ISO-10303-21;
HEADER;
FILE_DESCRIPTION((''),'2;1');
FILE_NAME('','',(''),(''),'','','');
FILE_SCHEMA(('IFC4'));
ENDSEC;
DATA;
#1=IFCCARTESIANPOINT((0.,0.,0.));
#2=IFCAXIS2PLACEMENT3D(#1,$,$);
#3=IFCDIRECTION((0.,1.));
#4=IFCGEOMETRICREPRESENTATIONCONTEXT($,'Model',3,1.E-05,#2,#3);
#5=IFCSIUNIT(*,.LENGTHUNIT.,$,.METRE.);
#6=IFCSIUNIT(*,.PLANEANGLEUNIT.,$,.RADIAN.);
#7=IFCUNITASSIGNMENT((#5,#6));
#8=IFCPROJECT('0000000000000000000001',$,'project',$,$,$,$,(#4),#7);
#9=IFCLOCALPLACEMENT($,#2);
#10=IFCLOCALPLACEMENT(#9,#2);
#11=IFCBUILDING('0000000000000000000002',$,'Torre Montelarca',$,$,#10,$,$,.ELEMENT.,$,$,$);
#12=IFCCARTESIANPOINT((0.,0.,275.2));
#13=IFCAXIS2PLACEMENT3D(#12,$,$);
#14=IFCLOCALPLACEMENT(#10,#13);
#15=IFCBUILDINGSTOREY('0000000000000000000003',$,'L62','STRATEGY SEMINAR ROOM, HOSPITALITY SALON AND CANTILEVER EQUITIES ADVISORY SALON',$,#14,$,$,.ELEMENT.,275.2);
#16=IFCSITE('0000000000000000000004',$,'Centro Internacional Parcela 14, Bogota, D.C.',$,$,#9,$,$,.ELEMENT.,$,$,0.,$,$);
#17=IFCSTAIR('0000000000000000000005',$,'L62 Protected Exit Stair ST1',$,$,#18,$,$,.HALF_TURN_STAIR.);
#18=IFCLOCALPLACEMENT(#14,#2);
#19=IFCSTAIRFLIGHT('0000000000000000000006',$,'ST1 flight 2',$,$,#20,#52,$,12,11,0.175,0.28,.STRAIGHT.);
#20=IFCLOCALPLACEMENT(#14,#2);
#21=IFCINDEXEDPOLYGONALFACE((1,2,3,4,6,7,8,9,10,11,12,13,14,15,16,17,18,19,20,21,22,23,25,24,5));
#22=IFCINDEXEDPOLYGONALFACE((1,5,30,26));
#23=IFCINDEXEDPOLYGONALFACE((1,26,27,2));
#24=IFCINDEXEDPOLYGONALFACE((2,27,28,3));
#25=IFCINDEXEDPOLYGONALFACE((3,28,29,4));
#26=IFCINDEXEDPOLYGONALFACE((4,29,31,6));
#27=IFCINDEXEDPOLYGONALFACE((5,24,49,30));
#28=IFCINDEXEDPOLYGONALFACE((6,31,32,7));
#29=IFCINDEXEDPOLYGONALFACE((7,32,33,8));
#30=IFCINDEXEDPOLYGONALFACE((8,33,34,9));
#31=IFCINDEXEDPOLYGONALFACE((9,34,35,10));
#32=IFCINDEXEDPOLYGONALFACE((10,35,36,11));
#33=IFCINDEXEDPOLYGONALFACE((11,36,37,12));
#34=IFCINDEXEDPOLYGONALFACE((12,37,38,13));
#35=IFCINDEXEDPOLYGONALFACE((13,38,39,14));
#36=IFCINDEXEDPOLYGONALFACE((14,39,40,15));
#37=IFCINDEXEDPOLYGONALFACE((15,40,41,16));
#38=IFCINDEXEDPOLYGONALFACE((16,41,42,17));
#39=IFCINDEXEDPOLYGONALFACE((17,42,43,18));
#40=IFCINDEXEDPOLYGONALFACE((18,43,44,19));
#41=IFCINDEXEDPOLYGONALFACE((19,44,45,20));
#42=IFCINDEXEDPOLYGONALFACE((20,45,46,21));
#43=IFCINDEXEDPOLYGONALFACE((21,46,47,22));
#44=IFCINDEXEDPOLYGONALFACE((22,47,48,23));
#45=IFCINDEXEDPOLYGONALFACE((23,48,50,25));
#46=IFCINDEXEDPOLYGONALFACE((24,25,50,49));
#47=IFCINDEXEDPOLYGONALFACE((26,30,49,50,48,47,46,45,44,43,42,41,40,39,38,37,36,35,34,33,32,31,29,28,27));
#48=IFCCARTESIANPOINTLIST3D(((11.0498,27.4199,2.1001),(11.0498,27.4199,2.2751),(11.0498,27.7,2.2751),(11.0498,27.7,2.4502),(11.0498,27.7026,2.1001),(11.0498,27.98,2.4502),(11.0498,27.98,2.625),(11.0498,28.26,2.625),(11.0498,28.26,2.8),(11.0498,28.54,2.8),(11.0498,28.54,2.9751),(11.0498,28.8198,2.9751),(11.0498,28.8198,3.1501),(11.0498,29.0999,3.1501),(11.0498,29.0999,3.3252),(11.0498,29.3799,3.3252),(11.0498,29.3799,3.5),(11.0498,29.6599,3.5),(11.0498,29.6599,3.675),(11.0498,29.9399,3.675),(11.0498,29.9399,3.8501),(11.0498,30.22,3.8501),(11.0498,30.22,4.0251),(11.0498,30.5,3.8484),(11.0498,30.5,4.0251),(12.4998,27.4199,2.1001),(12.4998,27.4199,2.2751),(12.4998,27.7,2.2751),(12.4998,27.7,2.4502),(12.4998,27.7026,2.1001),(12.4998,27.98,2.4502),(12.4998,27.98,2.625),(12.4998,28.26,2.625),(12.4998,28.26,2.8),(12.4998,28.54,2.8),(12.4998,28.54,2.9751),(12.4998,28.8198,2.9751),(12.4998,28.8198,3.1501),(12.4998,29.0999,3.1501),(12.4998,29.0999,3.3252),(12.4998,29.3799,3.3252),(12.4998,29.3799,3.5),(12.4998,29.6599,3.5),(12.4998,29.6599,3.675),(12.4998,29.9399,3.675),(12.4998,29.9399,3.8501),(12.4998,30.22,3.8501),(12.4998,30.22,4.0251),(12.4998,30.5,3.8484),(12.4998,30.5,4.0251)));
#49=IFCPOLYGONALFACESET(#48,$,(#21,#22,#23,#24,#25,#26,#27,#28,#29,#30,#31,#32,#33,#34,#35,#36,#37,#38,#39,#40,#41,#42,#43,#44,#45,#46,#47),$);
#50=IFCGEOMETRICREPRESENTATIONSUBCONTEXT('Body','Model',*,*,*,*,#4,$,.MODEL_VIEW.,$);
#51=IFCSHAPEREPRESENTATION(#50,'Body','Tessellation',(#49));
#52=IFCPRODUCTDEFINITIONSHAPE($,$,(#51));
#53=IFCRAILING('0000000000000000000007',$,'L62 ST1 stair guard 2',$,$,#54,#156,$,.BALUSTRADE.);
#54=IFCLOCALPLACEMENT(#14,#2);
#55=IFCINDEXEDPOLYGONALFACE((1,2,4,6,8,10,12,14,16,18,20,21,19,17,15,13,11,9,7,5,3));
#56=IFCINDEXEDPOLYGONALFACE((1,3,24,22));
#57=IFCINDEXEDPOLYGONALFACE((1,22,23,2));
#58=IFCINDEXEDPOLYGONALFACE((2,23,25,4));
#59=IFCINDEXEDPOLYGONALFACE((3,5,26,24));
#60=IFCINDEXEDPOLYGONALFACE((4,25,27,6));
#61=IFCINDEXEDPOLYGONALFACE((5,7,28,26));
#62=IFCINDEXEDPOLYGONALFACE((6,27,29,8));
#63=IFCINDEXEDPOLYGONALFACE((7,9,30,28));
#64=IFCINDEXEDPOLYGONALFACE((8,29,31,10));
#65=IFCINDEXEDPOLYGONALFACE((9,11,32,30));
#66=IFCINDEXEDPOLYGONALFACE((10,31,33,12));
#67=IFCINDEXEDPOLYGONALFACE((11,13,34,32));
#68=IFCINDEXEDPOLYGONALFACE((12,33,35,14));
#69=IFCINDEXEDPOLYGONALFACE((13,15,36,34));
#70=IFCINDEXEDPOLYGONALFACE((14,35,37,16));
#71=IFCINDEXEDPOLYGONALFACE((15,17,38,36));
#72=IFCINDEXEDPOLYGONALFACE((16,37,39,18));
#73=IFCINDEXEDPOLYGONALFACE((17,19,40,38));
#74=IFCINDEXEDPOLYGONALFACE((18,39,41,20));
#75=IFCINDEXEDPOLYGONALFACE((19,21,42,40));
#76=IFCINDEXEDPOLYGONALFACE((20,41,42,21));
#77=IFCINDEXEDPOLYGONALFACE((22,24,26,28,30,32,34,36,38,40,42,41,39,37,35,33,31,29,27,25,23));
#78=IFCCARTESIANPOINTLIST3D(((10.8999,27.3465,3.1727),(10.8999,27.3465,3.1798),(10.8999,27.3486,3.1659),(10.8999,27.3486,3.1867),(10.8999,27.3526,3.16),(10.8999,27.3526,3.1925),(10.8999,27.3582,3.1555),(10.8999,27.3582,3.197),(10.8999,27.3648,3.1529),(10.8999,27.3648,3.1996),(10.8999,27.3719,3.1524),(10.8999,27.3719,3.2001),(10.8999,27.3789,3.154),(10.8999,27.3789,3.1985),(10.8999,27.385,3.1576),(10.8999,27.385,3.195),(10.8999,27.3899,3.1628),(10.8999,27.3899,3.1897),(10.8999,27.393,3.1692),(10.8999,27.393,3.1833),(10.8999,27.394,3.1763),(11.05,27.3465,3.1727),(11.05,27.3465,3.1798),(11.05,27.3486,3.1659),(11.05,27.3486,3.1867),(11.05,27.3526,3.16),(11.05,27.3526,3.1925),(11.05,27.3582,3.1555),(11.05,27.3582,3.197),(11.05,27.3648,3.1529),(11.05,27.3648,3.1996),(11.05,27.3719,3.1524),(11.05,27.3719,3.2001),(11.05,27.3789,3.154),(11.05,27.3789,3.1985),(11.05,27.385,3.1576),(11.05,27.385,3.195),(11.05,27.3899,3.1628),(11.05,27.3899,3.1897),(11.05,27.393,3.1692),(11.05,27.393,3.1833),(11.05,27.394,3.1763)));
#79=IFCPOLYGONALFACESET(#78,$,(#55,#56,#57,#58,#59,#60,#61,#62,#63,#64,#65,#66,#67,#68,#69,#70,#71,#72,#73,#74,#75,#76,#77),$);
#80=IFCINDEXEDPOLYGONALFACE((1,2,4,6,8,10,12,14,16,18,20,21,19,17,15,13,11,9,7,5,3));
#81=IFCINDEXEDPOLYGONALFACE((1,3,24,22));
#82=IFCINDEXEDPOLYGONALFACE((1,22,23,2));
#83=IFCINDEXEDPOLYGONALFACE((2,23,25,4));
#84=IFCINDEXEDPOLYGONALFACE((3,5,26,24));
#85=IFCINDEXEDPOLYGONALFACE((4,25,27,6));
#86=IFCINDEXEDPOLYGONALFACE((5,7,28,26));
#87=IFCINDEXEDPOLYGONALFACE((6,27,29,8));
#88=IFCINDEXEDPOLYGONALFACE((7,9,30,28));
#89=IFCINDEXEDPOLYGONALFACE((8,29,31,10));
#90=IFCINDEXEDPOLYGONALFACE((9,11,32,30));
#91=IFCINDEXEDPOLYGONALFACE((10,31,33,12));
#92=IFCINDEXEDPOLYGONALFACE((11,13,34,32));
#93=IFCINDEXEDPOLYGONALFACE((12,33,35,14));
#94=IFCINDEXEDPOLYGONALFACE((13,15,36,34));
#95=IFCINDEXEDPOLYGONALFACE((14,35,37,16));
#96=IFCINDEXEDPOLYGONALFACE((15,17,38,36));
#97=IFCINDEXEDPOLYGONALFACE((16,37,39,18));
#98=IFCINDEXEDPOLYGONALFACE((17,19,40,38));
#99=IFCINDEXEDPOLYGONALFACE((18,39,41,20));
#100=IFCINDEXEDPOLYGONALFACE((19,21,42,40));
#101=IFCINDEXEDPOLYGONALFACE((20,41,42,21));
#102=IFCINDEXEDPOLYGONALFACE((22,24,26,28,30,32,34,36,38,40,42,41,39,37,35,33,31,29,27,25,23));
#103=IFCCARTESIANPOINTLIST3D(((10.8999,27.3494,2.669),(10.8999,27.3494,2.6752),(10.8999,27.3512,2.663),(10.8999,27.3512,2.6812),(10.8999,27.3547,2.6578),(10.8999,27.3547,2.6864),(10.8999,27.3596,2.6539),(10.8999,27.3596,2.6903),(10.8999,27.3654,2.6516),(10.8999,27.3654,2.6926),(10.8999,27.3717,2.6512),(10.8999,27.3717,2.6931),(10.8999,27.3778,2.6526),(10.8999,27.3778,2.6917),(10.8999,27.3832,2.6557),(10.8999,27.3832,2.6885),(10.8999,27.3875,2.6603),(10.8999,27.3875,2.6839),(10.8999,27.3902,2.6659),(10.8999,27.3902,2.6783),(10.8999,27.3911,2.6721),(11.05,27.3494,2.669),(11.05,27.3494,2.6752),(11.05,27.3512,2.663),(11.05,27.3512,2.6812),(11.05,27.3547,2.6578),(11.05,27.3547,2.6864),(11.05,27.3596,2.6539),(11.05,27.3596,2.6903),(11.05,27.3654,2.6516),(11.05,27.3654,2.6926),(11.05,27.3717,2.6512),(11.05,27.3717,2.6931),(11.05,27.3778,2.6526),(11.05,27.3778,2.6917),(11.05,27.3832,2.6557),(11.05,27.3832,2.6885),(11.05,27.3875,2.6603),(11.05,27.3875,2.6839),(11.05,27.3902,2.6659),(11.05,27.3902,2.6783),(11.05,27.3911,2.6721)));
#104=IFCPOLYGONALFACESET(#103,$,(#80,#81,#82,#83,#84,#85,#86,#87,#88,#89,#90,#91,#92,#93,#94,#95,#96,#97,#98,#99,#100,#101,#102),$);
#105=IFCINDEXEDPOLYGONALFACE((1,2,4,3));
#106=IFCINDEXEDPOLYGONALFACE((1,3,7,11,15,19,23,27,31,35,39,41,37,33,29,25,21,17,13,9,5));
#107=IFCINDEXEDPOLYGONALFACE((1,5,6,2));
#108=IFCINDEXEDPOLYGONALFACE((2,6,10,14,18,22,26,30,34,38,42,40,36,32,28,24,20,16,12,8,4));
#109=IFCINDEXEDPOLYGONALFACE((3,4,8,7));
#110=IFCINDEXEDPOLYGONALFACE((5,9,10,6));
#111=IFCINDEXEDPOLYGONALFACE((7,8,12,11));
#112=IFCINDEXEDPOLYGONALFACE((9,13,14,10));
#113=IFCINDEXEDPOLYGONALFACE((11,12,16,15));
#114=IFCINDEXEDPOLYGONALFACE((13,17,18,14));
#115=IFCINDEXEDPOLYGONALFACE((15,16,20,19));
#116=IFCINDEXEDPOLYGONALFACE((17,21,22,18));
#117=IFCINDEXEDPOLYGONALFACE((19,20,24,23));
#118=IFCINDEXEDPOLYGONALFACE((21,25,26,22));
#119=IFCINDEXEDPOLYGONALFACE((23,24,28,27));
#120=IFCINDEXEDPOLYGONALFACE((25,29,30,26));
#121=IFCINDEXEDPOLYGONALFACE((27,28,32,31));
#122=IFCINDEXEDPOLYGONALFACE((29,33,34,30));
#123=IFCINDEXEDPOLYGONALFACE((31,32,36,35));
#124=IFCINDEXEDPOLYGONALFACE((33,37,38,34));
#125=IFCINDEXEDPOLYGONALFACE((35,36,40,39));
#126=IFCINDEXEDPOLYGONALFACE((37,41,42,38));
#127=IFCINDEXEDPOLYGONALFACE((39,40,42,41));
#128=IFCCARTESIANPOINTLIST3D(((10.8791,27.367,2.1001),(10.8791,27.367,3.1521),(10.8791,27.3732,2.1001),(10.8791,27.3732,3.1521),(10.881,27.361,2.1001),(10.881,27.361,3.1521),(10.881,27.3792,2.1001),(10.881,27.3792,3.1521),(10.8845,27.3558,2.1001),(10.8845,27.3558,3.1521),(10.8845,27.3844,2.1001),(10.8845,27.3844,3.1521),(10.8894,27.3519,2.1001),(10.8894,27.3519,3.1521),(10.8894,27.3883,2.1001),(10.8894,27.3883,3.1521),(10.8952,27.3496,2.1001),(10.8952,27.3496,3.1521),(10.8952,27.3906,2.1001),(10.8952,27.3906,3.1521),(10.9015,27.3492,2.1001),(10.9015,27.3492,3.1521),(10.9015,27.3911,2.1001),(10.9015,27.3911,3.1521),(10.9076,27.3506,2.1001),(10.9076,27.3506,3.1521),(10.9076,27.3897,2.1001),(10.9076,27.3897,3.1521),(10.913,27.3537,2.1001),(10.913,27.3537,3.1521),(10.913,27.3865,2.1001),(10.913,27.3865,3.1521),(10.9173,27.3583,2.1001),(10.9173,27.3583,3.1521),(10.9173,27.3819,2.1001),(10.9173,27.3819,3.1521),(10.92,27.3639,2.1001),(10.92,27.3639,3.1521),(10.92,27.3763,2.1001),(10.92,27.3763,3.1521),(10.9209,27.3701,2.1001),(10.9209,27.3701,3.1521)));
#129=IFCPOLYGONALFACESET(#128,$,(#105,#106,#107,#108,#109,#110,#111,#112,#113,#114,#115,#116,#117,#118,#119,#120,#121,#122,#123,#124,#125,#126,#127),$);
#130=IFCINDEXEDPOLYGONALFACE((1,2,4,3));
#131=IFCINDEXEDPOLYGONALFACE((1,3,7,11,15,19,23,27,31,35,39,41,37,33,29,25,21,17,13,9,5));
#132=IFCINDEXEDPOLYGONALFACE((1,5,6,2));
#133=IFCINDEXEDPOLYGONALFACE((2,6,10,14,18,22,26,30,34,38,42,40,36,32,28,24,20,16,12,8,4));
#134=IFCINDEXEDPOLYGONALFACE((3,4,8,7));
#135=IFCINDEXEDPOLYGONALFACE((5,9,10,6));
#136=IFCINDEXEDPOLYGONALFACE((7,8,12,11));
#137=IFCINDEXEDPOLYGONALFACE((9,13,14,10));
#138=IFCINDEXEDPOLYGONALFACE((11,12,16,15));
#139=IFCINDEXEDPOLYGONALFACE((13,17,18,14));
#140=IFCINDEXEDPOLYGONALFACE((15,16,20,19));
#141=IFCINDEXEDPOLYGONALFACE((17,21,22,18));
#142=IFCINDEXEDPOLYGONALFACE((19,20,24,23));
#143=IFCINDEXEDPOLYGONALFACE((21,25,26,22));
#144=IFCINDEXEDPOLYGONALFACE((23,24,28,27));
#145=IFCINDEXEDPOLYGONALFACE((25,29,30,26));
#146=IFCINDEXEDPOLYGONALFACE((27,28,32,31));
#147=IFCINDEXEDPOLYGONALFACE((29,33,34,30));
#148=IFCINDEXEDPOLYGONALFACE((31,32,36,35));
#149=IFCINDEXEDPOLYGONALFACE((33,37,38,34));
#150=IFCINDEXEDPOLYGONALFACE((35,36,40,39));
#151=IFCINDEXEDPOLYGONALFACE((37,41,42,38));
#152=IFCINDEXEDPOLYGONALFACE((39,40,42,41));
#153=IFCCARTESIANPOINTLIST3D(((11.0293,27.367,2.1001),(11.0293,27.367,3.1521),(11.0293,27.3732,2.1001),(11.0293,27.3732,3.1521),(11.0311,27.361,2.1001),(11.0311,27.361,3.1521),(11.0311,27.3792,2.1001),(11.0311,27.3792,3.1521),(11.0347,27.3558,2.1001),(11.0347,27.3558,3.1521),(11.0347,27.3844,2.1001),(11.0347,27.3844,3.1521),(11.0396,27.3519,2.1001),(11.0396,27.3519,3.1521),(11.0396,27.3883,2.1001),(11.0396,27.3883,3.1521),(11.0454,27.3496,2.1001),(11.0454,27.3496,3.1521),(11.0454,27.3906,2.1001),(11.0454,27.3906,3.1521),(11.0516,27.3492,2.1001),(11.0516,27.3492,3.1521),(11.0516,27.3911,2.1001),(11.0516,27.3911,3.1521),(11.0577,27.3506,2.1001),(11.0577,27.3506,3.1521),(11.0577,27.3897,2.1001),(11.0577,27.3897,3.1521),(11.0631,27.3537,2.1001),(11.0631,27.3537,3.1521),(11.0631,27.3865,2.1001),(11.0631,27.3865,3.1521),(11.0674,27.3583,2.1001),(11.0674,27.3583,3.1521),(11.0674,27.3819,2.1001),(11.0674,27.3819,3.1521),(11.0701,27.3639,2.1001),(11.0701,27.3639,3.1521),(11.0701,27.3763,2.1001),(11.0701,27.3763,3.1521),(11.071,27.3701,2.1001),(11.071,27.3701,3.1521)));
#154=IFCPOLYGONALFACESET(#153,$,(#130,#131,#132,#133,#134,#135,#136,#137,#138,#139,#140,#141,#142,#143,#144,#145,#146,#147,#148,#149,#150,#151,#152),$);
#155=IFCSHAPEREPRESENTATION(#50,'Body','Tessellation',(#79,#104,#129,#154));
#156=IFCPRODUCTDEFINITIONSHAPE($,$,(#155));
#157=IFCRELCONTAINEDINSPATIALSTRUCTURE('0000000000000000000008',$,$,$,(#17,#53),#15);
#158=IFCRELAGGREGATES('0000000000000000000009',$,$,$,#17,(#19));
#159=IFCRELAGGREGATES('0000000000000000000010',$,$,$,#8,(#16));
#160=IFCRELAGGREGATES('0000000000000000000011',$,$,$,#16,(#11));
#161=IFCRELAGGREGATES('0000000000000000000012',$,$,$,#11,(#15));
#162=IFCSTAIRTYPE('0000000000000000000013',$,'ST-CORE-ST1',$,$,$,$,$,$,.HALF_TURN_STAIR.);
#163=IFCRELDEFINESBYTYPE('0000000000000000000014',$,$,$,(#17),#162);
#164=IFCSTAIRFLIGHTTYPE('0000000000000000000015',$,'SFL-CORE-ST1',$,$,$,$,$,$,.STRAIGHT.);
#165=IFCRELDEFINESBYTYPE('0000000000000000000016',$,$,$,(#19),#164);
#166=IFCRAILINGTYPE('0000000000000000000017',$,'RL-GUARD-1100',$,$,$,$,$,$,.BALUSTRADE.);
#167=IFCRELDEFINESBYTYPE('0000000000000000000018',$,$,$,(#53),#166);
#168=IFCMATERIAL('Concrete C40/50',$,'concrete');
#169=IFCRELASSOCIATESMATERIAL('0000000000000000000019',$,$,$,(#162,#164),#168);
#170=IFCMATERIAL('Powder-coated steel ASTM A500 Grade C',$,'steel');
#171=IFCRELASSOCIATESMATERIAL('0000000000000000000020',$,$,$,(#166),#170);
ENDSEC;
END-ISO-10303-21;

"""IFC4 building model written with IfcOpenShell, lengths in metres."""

from ifc_helpers import new_model, si_unit, direction, frame, origin, origin_2d, place, context, subcontext, project, spatial, polyline, circle, outline, extrude, material, type_object, element, aggregate, save


model = new_model("IFC4")

# Units and contexts
model_context = context("Model", 3, precision=1e-05, world=origin(), true_north=direction((0.0, 1.0)))
body_context = subcontext(model_context, "Body", "Model", "MODEL_VIEW")
ifc_project = project(units=[si_unit("LENGTHUNIT", "METRE"), si_unit("PLANEANGLEUNIT", "RADIAN")], contexts=[model_context])

# Site, building, storey
site_placement = place(None, origin())
site = spatial("IfcSite", under=ifc_project, at=site_placement, Name="Centro Internacional Parcela 14, Bogota, D.C.", CompositionType="ELEMENT", RefElevation=0.0)
building_placement = place(site_placement, origin())
building = spatial("IfcBuilding", under=site, at=building_placement, Name="Torre Montelarca", CompositionType="ELEMENT")
storey_placement = place(building_placement, frame((0.0, 0.0, 275.2)))
storey = spatial("IfcBuildingStorey", under=building, at=storey_placement, Name="L62", Description="STRATEGY SEMINAR ROOM, HOSPITALITY SALON AND CANTILEVER EQUITIES ADVISORY SALON", CompositionType="ELEMENT", Elevation=275.2)

# Shared definitions
ifc_material_1 = material(Name="Concrete C40/50", Category="concrete")

# Stair, stair flight
stair_type = type_object("IfcStairType", Name="ST-CORE-ST1", PredefinedType="HALF_TURN_STAIR", material=ifc_material_1)
stair_placement = place(storey_placement, origin())
stair = element("IfcStair", 1, at=stair_placement, inside=storey, type_object=stair_type, Name="L62 Protected Exit Stair ST1", PredefinedType="HALF_TURN_STAIR")
stair_flight_type = type_object("IfcStairFlightType", Name="SFL-CORE-ST1", PredefinedType="STRAIGHT", material=ifc_material_1)
stair_flight_placement = place(storey_placement, frame((11.7749, 27.4199, 2.1001), z_axis=(0.0, 0.0, 1.0), x_axis=(0.0, 1.0, 0.0)))
stair_flight = element("IfcStairFlight", 2, at=stair_flight_placement, type_object=stair_flight_type, Name="ST1 flight 2", NumberOfRisers=12, NumberOfTreads=11, PredefinedType="STRAIGHT", RiserHeight=0.175, TreadLength=0.28, context=body_context, shape_type="SweptSolid", body=[
    extrude(outline(polyline([(0.0, 0.0), (0.0, 0.175), (0.28, 0.175), (0.28, 0.3501), (0.5601, 0.3501), (0.5601, 0.5249), (0.8401, 0.5249), (0.8401, 0.7), (1.1201, 0.7), (1.1201, 0.875), (1.3999, 0.875), (1.3999, 1.05), (1.6799, 1.05), (1.6799, 1.2251), (1.96, 1.2251), (1.96, 1.3999), (2.24, 1.3999), (2.24, 1.575), (2.52, 1.575), (2.52, 1.75), (2.8, 1.75), (2.8, 1.925), (3.0801, 1.925), (3.0801, 2.1001), (3.0801, 1.7483), (0.2827, 0.0), (0.0, 0.0)])), frame((0.0, 0.7251, 0.0), z_axis=(0.0, -1.0, 0.0), x_axis=(1.0, 0.0, 0.0)), (0.0, 0.0, 1.0), 1.45),
])
aggregate(stair, [stair_flight])

# Railing
ifc_material_2 = material(Name="Powder-coated steel ASTM A500 Grade C", Category="steel")
railing_type_1 = type_object("IfcRailingType", Name="RL-GUARD-1100", PredefinedType="BALUSTRADE", material=ifc_material_2)
railing_1_placement = place(storey_placement, frame((10.8999, 27.3701, 2.1001)))
element("IfcRailing", 3, at=railing_1_placement, inside=storey, type_object=railing_type_1, Name="L62 ST1 stair guard 2", PredefinedType="BALUSTRADE", context=body_context, shape_type="SweptSolid", body=[
    extrude(circle(Radius=0.0239, at=origin_2d()), frame((0.0, 0.0, 1.0762), z_axis=(1.0, 0.0, 0.0), x_axis=(0.0, 1.0, 0.0)), (0.0, 0.0, 1.0), 0.1501),
    extrude(circle(Radius=0.021, at=origin_2d()), frame((0.0, 0.0, 0.572), z_axis=(1.0, 0.0, 0.0), x_axis=(0.0, 1.0, 0.0)), (0.0, 0.0, 1.0), 0.1501),
    extrude(circle(Radius=0.021, at=origin_2d()), origin(), (0.0, 0.0, 1.0), 1.052),
    extrude(circle(Radius=0.021, at=origin_2d()), frame((0.1501, 0.0, 0.0)), (0.0, 0.0, 1.0), 1.052),
])

save(model, "model.ifc")
